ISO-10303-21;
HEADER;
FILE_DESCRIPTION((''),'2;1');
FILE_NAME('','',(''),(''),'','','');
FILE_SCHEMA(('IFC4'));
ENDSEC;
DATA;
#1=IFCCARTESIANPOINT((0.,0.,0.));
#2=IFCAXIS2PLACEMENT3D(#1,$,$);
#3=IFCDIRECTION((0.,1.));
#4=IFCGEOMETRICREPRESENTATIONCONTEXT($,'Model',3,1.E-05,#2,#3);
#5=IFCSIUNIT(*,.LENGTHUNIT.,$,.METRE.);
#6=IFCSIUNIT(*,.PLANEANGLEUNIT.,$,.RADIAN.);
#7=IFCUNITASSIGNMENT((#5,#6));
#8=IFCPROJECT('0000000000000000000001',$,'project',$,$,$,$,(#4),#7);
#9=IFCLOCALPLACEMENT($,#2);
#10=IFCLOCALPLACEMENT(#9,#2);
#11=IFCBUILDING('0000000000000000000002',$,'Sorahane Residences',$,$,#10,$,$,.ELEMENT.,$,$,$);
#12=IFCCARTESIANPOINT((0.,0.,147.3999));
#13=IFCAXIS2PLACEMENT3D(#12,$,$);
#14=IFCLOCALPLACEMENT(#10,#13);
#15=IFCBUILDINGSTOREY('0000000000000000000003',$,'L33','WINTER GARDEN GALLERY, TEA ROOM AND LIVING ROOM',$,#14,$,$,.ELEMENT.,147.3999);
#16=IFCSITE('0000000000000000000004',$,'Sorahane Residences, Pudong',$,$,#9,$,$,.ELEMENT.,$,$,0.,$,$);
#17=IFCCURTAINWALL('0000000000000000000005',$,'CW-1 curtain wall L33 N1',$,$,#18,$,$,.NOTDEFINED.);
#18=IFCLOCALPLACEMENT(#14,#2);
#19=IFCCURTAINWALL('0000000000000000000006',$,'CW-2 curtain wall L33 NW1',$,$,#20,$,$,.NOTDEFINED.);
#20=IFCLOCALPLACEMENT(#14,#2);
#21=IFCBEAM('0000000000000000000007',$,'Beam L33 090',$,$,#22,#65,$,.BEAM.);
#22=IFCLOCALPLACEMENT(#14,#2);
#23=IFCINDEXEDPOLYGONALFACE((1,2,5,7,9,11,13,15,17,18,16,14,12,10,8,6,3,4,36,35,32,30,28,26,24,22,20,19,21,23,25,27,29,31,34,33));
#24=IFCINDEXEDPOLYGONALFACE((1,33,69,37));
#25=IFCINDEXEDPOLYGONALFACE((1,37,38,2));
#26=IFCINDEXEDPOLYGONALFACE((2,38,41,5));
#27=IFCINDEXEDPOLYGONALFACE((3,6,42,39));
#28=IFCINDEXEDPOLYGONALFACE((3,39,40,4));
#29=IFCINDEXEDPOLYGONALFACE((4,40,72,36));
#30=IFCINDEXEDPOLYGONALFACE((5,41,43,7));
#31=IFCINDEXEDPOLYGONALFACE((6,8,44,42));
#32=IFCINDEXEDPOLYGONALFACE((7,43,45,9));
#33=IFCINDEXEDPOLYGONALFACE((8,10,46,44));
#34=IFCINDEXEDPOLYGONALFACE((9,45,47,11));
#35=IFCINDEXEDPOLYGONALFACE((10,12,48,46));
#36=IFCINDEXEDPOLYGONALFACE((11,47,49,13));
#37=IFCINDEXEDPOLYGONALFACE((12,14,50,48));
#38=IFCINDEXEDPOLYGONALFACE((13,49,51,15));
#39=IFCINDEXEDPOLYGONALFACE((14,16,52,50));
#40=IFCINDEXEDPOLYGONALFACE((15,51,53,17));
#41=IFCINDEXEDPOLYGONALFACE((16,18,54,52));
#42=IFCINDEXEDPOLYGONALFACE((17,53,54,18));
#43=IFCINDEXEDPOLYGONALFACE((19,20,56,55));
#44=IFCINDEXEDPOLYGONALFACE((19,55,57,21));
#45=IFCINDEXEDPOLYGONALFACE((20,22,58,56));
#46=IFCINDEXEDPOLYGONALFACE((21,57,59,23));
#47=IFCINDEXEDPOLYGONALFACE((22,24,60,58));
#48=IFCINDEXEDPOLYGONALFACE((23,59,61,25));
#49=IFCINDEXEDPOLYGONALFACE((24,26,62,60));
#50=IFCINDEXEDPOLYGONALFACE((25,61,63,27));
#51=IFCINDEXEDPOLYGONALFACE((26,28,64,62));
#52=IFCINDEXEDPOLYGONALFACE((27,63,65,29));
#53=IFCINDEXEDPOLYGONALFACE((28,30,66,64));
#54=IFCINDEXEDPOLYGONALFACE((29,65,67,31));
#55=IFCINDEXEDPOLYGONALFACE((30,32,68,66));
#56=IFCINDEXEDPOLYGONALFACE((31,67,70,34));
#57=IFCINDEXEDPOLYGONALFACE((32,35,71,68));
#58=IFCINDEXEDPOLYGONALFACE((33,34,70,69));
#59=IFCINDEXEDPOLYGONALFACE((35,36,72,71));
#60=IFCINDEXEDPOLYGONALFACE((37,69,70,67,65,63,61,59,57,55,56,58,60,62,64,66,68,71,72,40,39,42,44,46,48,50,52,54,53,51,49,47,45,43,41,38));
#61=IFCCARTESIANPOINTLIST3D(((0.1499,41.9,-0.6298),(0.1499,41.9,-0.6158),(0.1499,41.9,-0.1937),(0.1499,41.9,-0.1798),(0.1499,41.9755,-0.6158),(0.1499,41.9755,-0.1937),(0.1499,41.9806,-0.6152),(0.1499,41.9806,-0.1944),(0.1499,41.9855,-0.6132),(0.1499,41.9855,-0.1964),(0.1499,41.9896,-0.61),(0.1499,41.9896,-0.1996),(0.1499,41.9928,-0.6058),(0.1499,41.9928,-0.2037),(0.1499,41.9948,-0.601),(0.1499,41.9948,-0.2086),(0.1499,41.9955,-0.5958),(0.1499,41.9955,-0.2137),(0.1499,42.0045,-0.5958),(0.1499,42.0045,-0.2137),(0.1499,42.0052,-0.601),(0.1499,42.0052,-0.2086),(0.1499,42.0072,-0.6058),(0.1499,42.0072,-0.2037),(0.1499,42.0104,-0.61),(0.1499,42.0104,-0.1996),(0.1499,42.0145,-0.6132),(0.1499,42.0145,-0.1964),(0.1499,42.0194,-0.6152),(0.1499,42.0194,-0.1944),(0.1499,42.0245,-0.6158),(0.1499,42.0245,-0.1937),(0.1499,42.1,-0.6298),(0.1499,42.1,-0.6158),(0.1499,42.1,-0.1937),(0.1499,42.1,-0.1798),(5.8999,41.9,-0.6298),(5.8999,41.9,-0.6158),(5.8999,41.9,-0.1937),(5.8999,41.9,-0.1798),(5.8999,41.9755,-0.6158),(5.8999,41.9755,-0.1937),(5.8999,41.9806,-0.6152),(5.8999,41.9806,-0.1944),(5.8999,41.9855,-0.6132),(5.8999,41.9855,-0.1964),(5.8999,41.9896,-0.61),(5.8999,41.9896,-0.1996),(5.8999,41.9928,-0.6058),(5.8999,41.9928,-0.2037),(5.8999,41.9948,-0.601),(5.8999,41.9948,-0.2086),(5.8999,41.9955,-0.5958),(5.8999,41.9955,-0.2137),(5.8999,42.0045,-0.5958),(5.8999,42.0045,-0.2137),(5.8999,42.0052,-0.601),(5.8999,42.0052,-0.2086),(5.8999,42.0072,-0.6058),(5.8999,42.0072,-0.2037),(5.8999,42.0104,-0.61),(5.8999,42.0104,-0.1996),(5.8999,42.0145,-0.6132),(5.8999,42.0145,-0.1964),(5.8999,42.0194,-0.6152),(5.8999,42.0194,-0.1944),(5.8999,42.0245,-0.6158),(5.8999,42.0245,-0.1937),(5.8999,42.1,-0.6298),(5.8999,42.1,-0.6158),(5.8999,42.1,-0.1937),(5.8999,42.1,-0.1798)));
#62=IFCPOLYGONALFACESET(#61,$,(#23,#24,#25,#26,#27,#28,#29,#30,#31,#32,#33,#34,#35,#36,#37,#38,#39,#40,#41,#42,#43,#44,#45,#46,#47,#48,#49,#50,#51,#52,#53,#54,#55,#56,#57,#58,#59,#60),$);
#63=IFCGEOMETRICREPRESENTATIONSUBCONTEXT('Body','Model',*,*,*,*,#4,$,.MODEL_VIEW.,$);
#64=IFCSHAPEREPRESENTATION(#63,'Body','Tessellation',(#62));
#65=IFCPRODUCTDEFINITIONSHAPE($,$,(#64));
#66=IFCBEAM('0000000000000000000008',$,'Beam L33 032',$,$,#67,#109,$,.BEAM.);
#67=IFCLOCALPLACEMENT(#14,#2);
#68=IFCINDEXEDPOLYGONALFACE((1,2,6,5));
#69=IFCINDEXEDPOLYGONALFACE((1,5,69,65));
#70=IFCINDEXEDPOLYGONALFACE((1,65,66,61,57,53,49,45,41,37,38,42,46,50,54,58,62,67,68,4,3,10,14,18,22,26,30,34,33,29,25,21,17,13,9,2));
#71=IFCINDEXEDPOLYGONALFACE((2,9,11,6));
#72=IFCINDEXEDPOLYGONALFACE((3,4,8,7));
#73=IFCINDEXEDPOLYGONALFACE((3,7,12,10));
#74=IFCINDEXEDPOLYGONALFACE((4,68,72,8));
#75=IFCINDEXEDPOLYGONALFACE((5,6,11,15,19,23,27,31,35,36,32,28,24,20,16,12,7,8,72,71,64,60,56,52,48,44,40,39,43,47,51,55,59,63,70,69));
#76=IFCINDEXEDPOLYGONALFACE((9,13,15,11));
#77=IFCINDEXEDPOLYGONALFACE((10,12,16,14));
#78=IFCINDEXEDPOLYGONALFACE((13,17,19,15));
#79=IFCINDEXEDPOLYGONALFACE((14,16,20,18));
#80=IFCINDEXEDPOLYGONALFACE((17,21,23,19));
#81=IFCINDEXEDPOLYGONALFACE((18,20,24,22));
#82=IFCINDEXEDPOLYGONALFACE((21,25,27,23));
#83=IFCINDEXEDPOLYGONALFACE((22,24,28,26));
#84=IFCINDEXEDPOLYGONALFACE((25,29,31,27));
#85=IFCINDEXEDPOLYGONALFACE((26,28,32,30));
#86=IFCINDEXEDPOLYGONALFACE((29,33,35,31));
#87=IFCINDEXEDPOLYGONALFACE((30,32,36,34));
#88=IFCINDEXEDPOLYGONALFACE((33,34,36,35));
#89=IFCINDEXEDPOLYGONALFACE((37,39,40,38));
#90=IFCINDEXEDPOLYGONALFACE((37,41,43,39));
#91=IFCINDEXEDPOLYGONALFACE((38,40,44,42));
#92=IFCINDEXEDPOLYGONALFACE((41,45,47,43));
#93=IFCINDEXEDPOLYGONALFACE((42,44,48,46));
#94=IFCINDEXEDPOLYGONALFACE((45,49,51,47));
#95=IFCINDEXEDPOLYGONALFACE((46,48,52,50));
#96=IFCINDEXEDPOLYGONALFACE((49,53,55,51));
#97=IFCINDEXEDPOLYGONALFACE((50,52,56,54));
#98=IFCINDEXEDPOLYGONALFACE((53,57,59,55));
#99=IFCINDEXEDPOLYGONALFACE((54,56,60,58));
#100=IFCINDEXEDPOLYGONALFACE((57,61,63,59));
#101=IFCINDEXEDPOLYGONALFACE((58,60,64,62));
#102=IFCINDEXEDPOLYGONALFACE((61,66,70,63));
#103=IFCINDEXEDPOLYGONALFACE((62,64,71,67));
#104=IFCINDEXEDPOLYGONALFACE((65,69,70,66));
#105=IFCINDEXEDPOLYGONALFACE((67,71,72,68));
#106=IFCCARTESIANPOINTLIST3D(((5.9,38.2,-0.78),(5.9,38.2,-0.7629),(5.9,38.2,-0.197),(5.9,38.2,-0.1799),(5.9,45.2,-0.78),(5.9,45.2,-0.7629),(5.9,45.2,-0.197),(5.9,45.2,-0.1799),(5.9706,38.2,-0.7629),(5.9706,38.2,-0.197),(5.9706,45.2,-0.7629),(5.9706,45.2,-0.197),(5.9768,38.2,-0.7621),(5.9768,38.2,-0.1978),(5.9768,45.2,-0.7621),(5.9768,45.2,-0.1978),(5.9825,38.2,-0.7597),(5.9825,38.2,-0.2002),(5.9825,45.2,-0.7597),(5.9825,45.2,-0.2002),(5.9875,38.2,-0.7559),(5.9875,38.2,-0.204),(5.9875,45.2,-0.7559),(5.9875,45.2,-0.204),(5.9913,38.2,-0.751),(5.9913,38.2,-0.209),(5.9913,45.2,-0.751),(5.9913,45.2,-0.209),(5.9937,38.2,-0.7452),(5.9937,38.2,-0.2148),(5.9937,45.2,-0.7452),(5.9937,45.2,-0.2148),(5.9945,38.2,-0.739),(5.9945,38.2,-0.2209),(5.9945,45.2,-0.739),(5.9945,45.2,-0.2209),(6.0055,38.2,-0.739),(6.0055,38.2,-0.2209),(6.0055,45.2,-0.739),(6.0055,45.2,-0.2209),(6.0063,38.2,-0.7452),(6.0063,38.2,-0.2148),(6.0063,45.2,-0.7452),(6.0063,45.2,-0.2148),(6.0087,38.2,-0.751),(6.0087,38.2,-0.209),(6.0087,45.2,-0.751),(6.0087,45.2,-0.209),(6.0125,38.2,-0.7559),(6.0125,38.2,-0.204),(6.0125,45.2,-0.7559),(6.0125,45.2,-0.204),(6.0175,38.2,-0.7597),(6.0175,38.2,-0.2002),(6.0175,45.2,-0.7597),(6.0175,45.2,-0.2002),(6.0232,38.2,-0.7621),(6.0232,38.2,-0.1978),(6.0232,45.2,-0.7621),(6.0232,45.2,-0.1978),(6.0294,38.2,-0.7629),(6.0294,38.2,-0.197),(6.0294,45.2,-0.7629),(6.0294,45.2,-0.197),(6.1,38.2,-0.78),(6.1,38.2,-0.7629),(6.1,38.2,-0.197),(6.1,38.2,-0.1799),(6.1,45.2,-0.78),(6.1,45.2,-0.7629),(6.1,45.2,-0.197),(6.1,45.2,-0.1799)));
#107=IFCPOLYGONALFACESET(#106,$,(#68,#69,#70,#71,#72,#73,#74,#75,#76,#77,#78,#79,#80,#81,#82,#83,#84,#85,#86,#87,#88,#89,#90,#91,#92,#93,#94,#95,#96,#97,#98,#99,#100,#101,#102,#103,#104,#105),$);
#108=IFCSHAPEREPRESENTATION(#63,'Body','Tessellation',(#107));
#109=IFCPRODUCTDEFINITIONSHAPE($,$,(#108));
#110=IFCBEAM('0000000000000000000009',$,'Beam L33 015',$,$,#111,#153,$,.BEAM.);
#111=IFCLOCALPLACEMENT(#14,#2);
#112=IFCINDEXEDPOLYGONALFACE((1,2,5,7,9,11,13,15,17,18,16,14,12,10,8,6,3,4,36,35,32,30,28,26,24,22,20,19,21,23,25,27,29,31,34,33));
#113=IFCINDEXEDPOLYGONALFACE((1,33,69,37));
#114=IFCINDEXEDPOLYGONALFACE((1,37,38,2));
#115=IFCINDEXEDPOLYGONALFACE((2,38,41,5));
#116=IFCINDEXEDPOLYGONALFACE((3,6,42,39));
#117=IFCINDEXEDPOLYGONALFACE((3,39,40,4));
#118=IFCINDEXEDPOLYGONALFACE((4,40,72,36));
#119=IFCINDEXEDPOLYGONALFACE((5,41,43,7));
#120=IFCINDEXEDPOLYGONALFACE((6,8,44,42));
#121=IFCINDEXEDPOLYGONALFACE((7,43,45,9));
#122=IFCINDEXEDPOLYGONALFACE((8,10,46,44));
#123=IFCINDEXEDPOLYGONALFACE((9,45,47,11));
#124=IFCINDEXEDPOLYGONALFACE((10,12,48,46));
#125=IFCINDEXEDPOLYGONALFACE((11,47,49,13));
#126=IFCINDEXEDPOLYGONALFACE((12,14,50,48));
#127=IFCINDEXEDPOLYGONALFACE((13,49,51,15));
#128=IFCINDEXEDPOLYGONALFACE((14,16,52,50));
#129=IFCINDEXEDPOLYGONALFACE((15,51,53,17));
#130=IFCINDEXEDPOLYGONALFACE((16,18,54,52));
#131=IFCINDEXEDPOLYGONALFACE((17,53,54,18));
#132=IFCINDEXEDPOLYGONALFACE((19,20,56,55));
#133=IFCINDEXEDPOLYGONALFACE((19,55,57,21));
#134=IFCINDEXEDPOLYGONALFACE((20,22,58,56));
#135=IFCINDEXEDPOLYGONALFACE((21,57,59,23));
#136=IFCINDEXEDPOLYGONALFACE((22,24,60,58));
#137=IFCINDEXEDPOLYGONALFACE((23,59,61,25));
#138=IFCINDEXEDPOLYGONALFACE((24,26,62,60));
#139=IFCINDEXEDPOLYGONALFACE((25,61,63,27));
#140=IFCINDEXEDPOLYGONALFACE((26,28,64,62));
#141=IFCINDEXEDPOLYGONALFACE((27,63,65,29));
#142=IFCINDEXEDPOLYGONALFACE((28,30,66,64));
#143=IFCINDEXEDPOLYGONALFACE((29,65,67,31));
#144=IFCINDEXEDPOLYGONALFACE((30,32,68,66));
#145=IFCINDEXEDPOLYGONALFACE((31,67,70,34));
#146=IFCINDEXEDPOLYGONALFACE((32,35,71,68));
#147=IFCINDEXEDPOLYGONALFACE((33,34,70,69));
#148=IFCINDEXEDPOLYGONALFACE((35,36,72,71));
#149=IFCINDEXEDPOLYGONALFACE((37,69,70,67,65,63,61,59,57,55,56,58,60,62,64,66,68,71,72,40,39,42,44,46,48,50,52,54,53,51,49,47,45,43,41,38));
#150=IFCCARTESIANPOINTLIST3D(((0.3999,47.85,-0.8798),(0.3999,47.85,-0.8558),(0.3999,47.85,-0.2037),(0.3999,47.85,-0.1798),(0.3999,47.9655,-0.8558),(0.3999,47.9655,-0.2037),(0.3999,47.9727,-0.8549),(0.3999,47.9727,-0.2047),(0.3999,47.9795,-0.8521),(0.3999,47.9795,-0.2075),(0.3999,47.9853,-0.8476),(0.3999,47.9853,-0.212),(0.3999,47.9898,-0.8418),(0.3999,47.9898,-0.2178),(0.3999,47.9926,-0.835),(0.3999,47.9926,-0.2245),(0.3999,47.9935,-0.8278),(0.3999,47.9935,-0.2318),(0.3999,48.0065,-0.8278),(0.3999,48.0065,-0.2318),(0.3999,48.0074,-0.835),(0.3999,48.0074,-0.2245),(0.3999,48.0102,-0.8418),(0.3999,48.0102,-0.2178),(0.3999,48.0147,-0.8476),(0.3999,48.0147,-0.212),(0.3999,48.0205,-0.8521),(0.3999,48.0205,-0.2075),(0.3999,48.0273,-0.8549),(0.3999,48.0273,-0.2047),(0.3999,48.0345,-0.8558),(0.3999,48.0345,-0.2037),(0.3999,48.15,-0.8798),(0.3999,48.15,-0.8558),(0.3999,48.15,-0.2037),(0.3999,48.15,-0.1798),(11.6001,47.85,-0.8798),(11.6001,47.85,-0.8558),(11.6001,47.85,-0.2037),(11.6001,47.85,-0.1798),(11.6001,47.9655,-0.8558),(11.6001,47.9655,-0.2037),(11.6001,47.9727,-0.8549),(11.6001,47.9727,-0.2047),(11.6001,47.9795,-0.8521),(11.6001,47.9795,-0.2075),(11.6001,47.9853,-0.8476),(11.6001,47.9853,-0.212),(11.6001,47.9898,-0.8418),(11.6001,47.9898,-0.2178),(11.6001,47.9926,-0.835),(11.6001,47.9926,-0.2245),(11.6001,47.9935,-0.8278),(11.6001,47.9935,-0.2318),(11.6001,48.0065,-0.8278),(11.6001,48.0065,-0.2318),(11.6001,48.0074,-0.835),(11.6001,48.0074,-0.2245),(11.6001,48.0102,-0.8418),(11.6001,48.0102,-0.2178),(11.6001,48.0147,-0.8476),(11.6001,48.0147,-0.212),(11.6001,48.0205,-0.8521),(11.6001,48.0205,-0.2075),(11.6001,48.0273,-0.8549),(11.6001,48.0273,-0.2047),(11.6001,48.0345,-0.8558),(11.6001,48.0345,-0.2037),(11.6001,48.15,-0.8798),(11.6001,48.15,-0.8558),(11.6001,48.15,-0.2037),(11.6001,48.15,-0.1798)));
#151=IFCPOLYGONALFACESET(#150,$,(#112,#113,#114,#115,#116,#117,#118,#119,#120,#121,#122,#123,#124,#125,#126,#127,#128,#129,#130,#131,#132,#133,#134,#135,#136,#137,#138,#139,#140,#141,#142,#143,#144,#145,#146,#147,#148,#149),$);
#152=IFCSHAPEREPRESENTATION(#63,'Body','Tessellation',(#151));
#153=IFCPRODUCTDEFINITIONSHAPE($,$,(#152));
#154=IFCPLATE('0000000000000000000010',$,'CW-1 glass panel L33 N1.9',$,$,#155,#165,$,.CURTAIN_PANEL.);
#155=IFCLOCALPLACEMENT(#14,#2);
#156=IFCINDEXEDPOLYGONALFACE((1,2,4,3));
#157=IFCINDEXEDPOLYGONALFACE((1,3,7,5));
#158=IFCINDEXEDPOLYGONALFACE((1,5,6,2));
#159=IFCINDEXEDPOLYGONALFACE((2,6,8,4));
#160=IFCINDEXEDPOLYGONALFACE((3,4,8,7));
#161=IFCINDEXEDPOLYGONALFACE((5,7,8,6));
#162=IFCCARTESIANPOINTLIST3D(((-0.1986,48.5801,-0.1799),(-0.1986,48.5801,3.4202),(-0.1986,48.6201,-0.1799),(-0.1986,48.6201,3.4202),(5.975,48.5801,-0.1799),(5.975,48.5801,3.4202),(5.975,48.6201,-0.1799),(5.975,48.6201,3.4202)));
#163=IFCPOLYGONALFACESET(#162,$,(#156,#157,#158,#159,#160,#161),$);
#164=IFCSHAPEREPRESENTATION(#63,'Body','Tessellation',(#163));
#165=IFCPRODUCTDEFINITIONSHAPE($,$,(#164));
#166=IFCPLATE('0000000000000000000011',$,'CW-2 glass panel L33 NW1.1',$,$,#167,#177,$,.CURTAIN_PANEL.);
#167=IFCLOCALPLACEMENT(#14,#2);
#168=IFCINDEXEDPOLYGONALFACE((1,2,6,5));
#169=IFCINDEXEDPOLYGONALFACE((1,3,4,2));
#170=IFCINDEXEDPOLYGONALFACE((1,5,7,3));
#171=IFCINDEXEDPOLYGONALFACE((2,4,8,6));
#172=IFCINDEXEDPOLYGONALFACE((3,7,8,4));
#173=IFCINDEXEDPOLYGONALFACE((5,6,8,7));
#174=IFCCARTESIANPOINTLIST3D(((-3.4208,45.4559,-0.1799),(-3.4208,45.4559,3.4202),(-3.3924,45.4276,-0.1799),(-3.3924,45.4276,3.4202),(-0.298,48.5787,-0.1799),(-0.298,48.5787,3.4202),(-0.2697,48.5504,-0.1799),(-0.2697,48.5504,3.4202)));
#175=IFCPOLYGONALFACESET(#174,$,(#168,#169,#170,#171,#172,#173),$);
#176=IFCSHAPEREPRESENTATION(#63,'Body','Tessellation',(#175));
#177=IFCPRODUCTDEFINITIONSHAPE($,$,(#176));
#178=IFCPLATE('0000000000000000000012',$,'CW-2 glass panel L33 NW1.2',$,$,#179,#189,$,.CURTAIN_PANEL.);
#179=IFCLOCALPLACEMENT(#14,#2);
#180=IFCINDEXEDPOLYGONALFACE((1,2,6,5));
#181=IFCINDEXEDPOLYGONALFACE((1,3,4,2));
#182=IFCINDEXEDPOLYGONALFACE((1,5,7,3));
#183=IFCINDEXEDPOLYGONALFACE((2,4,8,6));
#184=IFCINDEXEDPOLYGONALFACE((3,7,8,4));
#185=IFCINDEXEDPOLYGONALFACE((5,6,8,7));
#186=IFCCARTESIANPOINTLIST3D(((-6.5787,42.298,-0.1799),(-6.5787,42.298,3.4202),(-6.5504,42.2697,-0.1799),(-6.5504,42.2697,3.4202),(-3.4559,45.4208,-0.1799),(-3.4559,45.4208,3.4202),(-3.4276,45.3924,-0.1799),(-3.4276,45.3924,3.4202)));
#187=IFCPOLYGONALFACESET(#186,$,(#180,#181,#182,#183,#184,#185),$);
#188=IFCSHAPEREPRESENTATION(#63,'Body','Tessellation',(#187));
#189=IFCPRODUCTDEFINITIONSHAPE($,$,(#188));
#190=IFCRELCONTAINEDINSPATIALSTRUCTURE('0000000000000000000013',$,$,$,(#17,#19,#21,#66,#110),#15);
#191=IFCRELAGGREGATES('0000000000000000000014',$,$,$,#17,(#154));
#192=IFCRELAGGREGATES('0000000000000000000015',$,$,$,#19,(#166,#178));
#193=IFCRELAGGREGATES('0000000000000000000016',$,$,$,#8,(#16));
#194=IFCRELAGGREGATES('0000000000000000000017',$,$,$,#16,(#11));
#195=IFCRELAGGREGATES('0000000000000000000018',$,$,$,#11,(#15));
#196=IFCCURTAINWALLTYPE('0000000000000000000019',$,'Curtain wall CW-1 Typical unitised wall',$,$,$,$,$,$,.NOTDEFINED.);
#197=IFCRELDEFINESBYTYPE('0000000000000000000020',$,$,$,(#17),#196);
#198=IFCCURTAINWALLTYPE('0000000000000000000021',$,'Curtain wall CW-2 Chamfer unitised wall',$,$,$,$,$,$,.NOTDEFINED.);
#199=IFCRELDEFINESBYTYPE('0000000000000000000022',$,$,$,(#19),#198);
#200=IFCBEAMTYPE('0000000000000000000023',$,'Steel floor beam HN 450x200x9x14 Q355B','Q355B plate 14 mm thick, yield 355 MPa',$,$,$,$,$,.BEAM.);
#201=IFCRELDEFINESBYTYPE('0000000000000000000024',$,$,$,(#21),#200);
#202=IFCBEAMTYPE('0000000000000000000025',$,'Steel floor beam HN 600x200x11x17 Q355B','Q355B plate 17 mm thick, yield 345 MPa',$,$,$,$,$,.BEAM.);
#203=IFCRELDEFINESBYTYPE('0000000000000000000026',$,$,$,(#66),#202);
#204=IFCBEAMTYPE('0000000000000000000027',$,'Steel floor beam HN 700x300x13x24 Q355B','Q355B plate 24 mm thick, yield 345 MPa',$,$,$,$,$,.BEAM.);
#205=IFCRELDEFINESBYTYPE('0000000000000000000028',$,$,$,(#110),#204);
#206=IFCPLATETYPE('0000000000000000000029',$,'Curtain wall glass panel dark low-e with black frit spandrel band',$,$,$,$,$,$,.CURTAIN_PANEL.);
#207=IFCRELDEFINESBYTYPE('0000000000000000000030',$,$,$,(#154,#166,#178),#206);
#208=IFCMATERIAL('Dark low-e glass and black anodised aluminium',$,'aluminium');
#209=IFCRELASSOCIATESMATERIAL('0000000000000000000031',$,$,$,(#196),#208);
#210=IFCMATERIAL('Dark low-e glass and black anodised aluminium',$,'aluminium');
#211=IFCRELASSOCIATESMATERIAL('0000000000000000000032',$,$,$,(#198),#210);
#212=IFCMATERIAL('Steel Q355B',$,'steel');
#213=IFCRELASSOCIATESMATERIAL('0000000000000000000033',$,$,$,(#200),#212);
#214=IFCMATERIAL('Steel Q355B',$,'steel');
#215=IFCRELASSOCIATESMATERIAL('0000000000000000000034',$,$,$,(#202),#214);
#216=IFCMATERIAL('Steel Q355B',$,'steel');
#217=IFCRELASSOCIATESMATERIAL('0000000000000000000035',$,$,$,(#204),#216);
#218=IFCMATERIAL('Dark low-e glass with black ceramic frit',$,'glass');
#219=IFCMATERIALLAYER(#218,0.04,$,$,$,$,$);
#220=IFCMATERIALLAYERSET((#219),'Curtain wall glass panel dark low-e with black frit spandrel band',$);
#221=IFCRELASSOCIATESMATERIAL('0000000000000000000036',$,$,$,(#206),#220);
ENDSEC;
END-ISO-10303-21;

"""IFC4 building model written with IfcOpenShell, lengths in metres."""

from ifc_helpers import new_model, si_unit, direction, frame, origin, origin_2d, place, context, subcontext, project, spatial, rectangle, i_section, extrude, material, layer, layer_set, material_profile, profile_set, type_object, element, aggregate, save


model = new_model("IFC4")

# Units and contexts
model_context = context("Model", 3, precision=1e-05, world=origin(), true_north=direction((0.0, 1.0)))
body_context = subcontext(model_context, "Body", "Model", "MODEL_VIEW")
ifc_project = project(units=[si_unit("LENGTHUNIT", "METRE"), si_unit("PLANEANGLEUNIT", "RADIAN")], contexts=[model_context])

# Site, building, storey
site_placement = place(None, origin())
site = spatial("IfcSite", under=ifc_project, at=site_placement, Name="Sorahane Residences, Pudong", CompositionType="ELEMENT", RefElevation=0.0)
building_placement = place(site_placement, origin())
building = spatial("IfcBuilding", under=site, at=building_placement, Name="Sorahane Residences", CompositionType="ELEMENT")
storey_placement = place(building_placement, frame((0.0, 0.0, 147.3999)))
storey = spatial("IfcBuildingStorey", under=building, at=storey_placement, Name="L33", Description="WINTER GARDEN GALLERY, TEA ROOM AND LIVING ROOM", CompositionType="ELEMENT", Elevation=147.3999)

# Curtain walls
ifc_material_1 = material(Name="Dark low-e glass and black anodised aluminium", Category="aluminium")
curtain_wall_type_1 = type_object("IfcCurtainWallType", Name="Curtain wall CW-1 Typical unitised wall", PredefinedType="NOTDEFINED", material=ifc_material_1)
curtain_wall_1_placement = place(storey_placement, origin())
curtain_wall_1 = element("IfcCurtainWall", 1, at=curtain_wall_1_placement, inside=storey, type_object=curtain_wall_type_1, Name="CW-1 curtain wall L33 N1", PredefinedType="NOTDEFINED")
ifc_material_2 = material(Name="Dark low-e glass and black anodised aluminium", Category="aluminium")
curtain_wall_type_2 = type_object("IfcCurtainWallType", Name="Curtain wall CW-2 Chamfer unitised wall", PredefinedType="NOTDEFINED", material=ifc_material_2)
curtain_wall_2_placement = place(storey_placement, origin())
curtain_wall_2 = element("IfcCurtainWall", 2, at=curtain_wall_2_placement, inside=storey, type_object=curtain_wall_type_2, Name="CW-2 curtain wall L33 NW1", PredefinedType="NOTDEFINED")

# Beams
ifc_material_3 = material(Name="Steel Q355B", Category="steel")
ifc_material_profile_1 = material_profile(ifc_material_3, i_section(OverallWidth=0.2, OverallDepth=0.45, WebThickness=0.009, FlangeThickness=0.0139, FilletRadius=0.02, at=origin_2d()), Name="HN 450x200x9x14")
ifc_profile_set_1 = profile_set([ifc_material_profile_1], Name="Steel Q355B")
beam_type_1 = type_object("IfcBeamType", Name="Steel floor beam HN 450x200x9x14 Q355B", Description="Q355B plate 14 mm thick, yield 355 MPa", PredefinedType="BEAM", material=ifc_profile_set_1)
beam_1_placement = place(storey_placement, frame((0.1499, 42.0, -0.4048), z_axis=(1.0, 0.0, 0.0), x_axis=(0.0, 1.0, 0.0)))
element("IfcBeam", 3, at=beam_1_placement, inside=storey, type_object=beam_type_1, Name="Beam L33 090", PredefinedType="BEAM", context=body_context, shape_type="SweptSolid", body=[
    extrude(i_section(OverallWidth=0.2, OverallDepth=0.45, WebThickness=0.009, FlangeThickness=0.0139, FilletRadius=0.02, at=origin_2d()), origin(), (0.0, 0.0, 1.0), 5.75),
])
ifc_material_4 = material(Name="Steel Q355B", Category="steel")
ifc_material_profile_2 = material_profile(ifc_material_4, i_section(OverallWidth=0.2, OverallDepth=0.6001, WebThickness=0.011, FlangeThickness=0.0171, FilletRadius=0.0239, at=origin_2d()), Name="HN 600x200x11x17")
ifc_profile_set_2 = profile_set([ifc_material_profile_2], Name="Steel Q355B")
beam_type_2 = type_object("IfcBeamType", Name="Steel floor beam HN 600x200x11x17 Q355B", Description="Q355B plate 17 mm thick, yield 345 MPa", PredefinedType="BEAM", material=ifc_profile_set_2)
beam_2_placement = place(storey_placement, frame((6.0, 38.2, -0.48), z_axis=(0.0, 1.0, 0.0), x_axis=(-1.0, 0.0, 0.0)))
element("IfcBeam", 4, at=beam_2_placement, inside=storey, type_object=beam_type_2, Name="Beam L33 032", PredefinedType="BEAM", context=body_context, shape_type="SweptSolid", body=[
    extrude(i_section(OverallWidth=0.2, OverallDepth=0.6001, WebThickness=0.011, FlangeThickness=0.0171, FilletRadius=0.0239, at=origin_2d()), origin(), (0.0, 0.0, 1.0), 7.0),
])
ifc_material_5 = material(Name="Steel Q355B", Category="steel")
ifc_material_profile_3 = material_profile(ifc_material_5, i_section(OverallWidth=0.3, OverallDepth=0.7, WebThickness=0.0129, FlangeThickness=0.0239, FilletRadius=0.0281, at=origin_2d()), Name="HN 700x300x13x24")
ifc_profile_set_3 = profile_set([ifc_material_profile_3], Name="Steel Q355B")
beam_type_3 = type_object("IfcBeamType", Name="Steel floor beam HN 700x300x13x24 Q355B", Description="Q355B plate 24 mm thick, yield 345 MPa", PredefinedType="BEAM", material=ifc_profile_set_3)
beam_3_placement = place(storey_placement, frame((0.3999, 48.0, -0.5298), z_axis=(1.0, 0.0, 0.0), x_axis=(0.0, 1.0, 0.0)))
element("IfcBeam", 5, at=beam_3_placement, inside=storey, type_object=beam_type_3, Name="Beam L33 015", PredefinedType="BEAM", context=body_context, shape_type="SweptSolid", body=[
    extrude(i_section(OverallWidth=0.3, OverallDepth=0.7, WebThickness=0.0129, FlangeThickness=0.0239, FilletRadius=0.0281, at=origin_2d()), origin(), (0.0, 0.0, 1.0), 11.2002),
])

# Plates
ifc_material_6 = material(Name="Dark low-e glass with black ceramic frit", Category="glass")
ifc_layer_1 = layer(ifc_material_6, 0.04)
ifc_layer_set_1 = layer_set([ifc_layer_1], Name="Curtain wall glass panel dark low-e with black frit spandrel band")
plate_type = type_object("IfcPlateType", Name="Curtain wall glass panel dark low-e with black frit spandrel band", PredefinedType="CURTAIN_PANEL", material=ifc_layer_set_1)
plate_1_placement = place(storey_placement, frame((2.8882, 48.6001, -0.1799), z_axis=(0.0, 0.0, 1.0), x_axis=(-1.0, 0.0, 0.0)))
plate_1 = element("IfcPlate", 6, at=plate_1_placement, type_object=plate_type, Name="CW-1 glass panel L33 N1.9", PredefinedType="CURTAIN_PANEL", context=body_context, shape_type="SweptSolid", body=[
    extrude(rectangle(XDim=6.1736, YDim=0.04, at=origin_2d()), origin(), (0.0, 0.0, 1.0), 3.6001),
])
aggregate(curtain_wall_1, [plate_1])
plate_2_placement = place(storey_placement, frame((-1.8452, 47.0032, -0.1799), z_axis=(0.0, 0.0, 1.0), x_axis=(-0.707107, -0.707107, 0.0)))
plate_2 = element("IfcPlate", 7, at=plate_2_placement, type_object=plate_type, Name="CW-2 glass panel L33 NW1.1", PredefinedType="CURTAIN_PANEL", context=body_context, shape_type="SweptSolid", body=[
    extrude(rectangle(XDim=4.4163, YDim=0.04, at=origin_2d()), origin(), (0.0, 0.0, 1.0), 3.6001),
])
plate_3_placement = place(storey_placement, frame((-5.0032, 43.8452, -0.1799), z_axis=(0.0, 0.0, 1.0), x_axis=(-0.707107, -0.707107, 0.0)))
plate_3 = element("IfcPlate", 8, at=plate_3_placement, type_object=plate_type, Name="CW-2 glass panel L33 NW1.2", PredefinedType="CURTAIN_PANEL", context=body_context, shape_type="SweptSolid", body=[
    extrude(rectangle(XDim=4.4163, YDim=0.04, at=origin_2d()), origin(), (0.0, 0.0, 1.0), 3.6001),
])
aggregate(curtain_wall_2, [plate_2, plate_3])

save(model, "model.ifc")
